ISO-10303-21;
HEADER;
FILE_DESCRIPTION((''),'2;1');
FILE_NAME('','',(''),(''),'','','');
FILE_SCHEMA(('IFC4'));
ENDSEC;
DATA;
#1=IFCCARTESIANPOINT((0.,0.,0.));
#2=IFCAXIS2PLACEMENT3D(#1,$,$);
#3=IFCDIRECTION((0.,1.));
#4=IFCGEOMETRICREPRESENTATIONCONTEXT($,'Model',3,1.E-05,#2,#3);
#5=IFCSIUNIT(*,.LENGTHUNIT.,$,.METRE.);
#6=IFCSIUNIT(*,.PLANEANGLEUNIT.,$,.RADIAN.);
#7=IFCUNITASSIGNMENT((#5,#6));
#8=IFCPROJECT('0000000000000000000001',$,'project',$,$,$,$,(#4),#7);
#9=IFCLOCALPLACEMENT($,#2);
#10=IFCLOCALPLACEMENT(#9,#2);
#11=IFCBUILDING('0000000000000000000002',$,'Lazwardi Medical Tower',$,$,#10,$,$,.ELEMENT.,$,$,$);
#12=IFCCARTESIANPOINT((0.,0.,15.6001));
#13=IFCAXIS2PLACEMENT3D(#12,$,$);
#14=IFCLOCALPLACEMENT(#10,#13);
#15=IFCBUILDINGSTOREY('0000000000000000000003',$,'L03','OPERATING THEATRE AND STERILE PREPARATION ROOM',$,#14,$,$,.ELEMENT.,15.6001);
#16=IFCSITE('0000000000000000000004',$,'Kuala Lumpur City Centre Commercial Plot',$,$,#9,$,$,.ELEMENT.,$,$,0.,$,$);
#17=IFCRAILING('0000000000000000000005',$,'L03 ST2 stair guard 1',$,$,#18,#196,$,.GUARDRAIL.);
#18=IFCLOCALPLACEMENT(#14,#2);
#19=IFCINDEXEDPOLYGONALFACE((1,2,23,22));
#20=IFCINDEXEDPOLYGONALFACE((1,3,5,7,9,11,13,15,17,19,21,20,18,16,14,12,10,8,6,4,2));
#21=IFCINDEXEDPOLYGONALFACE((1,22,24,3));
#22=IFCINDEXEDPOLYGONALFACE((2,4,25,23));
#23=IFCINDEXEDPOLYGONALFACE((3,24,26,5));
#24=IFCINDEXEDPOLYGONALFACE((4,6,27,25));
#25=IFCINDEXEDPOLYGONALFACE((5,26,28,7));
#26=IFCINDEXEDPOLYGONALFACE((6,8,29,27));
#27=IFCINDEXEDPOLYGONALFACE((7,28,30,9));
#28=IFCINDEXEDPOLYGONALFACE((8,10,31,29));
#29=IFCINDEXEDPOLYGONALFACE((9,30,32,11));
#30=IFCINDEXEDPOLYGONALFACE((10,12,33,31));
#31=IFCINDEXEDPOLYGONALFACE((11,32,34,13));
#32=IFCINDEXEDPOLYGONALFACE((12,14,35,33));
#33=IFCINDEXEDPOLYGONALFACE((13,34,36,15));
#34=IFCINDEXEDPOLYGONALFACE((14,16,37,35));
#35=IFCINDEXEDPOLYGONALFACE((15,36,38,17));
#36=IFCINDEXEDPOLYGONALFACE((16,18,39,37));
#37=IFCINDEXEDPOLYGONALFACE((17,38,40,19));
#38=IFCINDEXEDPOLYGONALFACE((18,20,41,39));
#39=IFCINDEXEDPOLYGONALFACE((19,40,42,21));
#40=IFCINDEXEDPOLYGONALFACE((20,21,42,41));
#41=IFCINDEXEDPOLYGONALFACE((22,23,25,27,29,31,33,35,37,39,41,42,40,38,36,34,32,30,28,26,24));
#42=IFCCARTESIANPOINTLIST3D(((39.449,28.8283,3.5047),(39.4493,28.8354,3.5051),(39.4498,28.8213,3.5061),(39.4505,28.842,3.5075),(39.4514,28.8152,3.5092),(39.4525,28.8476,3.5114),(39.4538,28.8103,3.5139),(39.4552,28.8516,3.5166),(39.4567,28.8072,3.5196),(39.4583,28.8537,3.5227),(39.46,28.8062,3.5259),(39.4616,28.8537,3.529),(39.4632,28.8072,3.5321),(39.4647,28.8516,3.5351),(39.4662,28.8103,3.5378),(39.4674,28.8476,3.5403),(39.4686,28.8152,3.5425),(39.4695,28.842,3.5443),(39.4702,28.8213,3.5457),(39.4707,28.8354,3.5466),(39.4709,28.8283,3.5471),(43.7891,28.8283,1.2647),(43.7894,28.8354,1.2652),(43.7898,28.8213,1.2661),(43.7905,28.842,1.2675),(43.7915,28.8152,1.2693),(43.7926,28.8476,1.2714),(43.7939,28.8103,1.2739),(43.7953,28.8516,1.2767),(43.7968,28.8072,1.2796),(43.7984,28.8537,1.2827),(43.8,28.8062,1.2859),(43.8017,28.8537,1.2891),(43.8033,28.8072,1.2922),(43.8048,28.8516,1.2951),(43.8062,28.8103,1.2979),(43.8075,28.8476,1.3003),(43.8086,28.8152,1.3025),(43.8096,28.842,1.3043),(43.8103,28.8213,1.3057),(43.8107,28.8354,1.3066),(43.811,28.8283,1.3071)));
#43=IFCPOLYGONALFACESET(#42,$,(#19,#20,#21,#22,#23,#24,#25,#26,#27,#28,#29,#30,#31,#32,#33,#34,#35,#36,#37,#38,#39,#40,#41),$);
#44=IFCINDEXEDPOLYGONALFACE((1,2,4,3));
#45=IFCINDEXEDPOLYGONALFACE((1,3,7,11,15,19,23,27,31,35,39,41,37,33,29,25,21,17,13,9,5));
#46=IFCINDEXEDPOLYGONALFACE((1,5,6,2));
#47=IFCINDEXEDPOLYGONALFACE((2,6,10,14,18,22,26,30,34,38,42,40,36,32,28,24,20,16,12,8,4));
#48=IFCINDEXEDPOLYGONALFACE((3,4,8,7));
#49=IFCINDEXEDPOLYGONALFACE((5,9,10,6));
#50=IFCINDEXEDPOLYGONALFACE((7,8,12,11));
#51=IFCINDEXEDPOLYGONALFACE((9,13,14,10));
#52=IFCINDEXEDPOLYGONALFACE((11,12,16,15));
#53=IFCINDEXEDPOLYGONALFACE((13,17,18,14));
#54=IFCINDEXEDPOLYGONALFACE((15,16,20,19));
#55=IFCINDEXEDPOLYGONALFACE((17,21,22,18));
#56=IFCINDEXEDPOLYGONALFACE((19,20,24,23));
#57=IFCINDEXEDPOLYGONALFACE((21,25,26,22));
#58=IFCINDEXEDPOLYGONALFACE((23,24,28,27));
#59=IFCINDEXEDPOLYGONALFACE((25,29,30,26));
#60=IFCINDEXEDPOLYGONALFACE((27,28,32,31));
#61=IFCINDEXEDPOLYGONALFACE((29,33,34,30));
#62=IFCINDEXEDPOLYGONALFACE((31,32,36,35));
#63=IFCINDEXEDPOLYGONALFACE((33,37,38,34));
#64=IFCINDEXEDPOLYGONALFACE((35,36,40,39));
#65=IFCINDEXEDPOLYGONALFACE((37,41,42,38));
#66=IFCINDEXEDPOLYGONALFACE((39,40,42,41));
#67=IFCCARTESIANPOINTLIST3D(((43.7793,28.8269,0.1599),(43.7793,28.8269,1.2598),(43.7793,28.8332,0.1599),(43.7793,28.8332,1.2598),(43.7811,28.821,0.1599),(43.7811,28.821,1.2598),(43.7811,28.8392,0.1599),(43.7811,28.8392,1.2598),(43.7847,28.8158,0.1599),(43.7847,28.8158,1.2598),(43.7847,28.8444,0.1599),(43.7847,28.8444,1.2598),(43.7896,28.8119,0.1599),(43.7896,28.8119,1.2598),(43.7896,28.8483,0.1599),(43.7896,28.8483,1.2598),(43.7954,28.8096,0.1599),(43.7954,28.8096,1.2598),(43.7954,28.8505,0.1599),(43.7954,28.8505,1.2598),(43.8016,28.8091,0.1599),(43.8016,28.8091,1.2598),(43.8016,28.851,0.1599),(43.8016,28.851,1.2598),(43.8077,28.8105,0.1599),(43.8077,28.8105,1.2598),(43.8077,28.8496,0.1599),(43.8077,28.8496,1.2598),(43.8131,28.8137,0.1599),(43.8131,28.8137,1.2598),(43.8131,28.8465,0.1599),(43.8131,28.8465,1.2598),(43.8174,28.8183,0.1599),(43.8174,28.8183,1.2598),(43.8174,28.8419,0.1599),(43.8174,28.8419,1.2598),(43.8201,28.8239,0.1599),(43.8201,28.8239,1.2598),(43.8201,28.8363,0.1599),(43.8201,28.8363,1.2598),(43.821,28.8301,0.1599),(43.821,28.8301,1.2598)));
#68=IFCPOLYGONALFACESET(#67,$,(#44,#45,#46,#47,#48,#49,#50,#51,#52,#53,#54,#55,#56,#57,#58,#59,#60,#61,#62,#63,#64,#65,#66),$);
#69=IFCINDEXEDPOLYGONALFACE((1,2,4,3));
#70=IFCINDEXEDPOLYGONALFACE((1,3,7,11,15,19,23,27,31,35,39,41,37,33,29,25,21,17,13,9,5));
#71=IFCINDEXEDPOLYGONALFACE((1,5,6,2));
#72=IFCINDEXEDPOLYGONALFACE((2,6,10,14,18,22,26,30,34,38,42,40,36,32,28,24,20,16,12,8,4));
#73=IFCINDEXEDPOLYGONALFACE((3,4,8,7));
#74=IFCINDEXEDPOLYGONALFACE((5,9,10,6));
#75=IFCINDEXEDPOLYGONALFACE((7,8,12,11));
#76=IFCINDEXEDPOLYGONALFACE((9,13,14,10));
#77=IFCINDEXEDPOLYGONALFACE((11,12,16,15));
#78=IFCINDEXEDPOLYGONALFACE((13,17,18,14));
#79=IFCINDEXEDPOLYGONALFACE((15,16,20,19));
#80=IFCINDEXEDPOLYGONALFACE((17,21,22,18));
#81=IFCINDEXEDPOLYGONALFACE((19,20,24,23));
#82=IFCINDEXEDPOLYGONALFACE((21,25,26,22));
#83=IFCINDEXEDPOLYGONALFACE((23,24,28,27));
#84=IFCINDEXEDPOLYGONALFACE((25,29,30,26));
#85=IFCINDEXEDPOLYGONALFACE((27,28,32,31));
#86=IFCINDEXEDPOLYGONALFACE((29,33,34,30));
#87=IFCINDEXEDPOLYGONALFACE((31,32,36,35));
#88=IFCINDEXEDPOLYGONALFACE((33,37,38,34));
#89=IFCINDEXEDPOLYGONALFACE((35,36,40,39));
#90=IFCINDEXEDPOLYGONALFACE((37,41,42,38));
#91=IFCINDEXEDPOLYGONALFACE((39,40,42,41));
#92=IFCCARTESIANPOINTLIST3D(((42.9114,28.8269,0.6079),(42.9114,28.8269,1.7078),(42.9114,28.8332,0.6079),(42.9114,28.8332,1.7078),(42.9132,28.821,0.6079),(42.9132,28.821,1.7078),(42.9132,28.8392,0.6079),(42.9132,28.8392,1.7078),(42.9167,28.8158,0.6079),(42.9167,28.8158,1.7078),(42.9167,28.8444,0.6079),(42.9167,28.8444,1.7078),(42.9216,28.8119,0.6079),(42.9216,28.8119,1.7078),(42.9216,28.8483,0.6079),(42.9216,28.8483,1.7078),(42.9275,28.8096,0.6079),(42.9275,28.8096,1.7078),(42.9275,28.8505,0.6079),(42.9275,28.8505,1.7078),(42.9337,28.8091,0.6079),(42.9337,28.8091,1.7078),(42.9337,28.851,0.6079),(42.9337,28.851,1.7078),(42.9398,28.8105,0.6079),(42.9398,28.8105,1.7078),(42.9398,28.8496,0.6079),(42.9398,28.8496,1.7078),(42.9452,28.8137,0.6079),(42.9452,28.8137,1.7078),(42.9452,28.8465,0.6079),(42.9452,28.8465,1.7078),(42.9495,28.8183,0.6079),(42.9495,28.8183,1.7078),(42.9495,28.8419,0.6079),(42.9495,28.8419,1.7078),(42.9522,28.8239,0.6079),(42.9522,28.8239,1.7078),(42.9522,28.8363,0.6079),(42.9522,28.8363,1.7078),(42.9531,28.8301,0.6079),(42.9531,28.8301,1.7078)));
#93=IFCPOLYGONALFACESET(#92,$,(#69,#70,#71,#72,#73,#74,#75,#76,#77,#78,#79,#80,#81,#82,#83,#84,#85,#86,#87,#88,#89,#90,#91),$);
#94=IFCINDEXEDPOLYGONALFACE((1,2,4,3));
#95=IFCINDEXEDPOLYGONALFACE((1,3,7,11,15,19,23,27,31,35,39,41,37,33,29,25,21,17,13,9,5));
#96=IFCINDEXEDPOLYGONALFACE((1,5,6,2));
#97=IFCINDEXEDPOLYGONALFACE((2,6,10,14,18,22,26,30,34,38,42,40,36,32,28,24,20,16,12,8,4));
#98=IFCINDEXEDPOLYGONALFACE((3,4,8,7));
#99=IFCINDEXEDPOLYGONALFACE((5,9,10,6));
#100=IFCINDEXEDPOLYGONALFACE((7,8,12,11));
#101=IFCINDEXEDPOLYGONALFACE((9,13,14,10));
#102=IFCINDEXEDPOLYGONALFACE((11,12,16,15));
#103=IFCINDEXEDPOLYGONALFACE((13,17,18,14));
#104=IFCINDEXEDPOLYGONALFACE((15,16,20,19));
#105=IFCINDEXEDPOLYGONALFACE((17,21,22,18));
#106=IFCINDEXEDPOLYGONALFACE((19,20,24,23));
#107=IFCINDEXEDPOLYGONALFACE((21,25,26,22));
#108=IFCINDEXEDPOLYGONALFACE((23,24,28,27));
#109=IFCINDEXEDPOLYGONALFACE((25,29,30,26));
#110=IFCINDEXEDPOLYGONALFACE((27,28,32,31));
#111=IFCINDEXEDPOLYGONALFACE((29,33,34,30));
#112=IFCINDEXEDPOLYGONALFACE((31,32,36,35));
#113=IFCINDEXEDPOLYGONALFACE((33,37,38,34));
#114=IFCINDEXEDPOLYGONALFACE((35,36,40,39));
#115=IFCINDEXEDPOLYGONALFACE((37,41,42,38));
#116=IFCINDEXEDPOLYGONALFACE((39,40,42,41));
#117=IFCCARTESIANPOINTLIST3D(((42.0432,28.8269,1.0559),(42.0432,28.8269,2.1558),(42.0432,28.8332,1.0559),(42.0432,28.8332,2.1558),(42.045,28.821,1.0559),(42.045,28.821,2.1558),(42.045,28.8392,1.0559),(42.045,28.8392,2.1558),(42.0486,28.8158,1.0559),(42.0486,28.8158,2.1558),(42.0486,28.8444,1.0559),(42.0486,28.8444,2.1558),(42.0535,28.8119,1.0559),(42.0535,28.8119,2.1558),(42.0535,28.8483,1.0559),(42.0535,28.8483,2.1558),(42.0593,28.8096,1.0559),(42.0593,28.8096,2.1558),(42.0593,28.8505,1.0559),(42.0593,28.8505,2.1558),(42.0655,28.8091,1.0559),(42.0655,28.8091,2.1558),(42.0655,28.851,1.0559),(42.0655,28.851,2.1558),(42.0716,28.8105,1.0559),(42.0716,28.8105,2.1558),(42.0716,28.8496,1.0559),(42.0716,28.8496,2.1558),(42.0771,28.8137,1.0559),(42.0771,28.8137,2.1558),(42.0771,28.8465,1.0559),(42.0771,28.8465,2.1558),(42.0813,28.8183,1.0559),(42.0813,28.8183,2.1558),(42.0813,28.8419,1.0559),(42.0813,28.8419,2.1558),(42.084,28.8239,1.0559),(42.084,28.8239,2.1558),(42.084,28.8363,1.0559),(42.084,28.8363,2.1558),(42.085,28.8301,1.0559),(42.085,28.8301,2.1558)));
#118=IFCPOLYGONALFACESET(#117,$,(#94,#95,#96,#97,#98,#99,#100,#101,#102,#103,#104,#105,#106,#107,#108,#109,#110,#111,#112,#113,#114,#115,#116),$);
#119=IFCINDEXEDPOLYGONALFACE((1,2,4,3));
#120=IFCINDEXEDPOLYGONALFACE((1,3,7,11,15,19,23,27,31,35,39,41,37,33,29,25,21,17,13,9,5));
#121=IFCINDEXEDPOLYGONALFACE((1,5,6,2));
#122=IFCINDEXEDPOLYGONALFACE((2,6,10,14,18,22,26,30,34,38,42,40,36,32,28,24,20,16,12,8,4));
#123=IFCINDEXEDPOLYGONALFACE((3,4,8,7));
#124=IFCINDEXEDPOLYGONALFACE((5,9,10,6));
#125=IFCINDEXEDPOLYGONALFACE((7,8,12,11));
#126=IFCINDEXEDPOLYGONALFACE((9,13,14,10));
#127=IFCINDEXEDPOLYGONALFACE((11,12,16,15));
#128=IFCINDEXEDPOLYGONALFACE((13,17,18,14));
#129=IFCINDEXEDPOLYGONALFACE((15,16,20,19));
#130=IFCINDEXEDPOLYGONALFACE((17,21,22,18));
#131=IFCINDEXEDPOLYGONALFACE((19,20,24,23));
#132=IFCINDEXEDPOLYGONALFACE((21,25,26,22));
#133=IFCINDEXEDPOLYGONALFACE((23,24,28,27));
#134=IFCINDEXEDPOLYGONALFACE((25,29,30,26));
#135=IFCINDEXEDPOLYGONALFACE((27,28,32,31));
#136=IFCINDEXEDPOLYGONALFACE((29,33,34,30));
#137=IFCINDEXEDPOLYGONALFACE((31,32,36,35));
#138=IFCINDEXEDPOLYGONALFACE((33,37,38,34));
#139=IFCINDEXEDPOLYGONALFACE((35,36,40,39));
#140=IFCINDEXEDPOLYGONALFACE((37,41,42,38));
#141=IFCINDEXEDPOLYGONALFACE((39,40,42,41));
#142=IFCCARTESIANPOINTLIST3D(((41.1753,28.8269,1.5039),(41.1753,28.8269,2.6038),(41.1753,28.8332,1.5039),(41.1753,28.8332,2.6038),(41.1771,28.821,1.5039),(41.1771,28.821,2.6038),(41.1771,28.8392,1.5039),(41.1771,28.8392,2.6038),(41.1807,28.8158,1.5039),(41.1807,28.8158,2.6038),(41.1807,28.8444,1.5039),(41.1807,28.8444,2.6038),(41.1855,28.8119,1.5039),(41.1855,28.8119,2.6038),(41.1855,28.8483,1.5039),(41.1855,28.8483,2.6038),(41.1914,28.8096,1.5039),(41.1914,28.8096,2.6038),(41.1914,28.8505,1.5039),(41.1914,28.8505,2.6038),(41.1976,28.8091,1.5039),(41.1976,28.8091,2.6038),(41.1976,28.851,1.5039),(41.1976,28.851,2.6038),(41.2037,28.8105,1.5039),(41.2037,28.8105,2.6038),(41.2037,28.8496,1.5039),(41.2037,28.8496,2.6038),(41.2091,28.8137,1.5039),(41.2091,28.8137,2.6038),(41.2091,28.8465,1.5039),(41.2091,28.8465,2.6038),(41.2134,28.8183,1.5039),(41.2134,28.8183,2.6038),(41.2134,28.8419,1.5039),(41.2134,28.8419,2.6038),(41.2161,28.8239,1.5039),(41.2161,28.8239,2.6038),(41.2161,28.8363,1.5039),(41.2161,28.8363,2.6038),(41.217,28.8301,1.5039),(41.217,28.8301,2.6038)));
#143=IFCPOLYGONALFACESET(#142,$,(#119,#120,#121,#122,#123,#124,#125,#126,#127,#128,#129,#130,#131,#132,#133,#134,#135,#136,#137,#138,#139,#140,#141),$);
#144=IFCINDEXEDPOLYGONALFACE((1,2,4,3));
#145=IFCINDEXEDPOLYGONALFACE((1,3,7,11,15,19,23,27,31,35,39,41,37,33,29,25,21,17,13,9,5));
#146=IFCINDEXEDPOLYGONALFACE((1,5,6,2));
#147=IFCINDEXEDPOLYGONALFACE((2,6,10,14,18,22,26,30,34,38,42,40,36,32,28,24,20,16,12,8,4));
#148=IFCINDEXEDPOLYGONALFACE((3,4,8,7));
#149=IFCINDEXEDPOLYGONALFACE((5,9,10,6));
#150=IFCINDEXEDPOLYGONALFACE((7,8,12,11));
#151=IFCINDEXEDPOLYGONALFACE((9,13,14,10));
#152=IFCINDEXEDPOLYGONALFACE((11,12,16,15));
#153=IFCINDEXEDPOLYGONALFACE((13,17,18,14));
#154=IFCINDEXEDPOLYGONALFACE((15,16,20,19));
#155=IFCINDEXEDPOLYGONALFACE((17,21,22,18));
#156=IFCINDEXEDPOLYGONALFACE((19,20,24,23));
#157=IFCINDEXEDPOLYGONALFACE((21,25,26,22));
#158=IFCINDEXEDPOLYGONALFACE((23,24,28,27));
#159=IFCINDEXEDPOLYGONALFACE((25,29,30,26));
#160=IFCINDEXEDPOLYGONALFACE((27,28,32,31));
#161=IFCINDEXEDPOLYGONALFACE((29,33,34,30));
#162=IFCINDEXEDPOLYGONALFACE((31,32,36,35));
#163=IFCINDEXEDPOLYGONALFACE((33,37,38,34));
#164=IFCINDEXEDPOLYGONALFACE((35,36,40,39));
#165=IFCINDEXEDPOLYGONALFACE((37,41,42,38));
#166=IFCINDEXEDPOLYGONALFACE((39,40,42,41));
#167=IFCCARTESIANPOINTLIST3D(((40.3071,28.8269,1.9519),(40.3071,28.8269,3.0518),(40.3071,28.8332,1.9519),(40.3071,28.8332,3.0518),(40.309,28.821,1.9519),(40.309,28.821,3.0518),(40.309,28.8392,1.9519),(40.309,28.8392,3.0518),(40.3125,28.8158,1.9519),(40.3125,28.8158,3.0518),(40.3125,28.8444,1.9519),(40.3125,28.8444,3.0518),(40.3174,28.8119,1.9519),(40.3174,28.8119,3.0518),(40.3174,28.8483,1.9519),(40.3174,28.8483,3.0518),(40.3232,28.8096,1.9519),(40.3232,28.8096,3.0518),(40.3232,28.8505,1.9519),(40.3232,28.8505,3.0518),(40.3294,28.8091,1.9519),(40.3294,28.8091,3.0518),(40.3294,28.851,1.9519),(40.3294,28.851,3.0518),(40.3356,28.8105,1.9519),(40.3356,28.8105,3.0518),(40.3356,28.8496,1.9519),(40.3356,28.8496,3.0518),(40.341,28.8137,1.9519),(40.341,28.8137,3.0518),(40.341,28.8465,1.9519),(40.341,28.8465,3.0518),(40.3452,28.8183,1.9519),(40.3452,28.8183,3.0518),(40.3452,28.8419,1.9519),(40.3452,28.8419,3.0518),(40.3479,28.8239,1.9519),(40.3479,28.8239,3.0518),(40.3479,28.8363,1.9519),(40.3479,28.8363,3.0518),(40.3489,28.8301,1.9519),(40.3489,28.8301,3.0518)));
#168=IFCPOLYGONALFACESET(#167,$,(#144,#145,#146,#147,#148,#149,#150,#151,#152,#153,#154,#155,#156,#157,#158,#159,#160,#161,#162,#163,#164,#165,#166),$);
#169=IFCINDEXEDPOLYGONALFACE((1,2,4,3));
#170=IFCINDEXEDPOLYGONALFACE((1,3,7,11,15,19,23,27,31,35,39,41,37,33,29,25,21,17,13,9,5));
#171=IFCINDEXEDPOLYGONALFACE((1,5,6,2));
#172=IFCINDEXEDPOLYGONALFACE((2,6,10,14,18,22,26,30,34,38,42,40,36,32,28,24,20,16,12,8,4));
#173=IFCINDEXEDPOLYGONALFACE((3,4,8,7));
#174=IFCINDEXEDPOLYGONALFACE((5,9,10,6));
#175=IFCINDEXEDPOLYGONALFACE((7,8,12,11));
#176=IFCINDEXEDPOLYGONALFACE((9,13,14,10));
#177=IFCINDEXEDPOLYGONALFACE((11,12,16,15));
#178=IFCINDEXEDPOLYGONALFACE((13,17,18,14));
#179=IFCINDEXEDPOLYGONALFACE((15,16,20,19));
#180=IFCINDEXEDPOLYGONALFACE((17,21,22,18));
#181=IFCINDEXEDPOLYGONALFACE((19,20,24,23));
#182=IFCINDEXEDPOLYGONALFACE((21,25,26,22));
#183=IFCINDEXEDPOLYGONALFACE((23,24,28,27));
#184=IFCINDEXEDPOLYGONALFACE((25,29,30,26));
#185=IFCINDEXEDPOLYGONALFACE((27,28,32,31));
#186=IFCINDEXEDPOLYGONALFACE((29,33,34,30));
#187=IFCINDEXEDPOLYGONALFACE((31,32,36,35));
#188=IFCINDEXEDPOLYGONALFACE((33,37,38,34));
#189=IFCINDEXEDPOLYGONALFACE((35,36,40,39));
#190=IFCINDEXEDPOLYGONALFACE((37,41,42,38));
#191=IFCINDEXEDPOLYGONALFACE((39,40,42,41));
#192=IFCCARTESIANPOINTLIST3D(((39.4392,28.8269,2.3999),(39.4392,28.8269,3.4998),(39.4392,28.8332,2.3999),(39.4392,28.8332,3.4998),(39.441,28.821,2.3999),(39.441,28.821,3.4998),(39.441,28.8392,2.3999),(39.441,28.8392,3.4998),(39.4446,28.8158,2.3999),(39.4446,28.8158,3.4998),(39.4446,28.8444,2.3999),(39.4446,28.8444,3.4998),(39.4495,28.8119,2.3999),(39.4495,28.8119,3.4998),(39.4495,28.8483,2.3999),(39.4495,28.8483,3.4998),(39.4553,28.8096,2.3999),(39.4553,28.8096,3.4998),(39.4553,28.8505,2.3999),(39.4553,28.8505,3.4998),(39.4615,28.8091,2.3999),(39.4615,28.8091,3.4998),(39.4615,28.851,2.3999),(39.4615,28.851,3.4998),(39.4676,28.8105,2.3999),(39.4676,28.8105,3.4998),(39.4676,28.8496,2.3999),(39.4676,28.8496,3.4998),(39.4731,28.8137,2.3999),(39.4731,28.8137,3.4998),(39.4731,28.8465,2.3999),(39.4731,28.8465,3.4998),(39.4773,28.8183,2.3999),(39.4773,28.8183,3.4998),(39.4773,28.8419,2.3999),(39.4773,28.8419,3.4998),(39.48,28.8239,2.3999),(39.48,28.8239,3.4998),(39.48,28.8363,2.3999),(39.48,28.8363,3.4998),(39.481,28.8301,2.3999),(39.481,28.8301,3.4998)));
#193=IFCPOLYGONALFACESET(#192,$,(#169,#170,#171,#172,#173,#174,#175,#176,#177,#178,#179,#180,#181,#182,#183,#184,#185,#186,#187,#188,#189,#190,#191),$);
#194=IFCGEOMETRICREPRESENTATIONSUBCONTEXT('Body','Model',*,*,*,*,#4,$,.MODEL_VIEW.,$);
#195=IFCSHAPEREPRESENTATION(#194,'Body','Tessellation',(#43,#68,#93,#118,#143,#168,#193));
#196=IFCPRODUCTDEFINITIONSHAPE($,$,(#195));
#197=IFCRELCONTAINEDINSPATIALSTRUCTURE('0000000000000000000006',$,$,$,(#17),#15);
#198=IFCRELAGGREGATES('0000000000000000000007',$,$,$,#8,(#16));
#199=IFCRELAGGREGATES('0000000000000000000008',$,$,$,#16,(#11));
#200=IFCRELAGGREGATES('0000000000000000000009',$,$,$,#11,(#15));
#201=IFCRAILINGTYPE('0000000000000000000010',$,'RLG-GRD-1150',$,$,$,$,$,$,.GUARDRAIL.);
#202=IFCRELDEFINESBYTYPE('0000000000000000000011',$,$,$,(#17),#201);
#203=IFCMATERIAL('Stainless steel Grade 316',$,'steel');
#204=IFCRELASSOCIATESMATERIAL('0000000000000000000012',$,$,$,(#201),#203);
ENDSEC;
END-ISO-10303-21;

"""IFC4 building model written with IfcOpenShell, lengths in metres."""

from ifc_helpers import new_model, si_unit, direction, frame, origin, origin_2d, place, context, subcontext, project, spatial, circle, extrude, material, type_object, element, save


model = new_model("IFC4")

# Units and contexts
model_context = context("Model", 3, precision=1e-05, world=origin(), true_north=direction((0.0, 1.0)))
body_context = subcontext(model_context, "Body", "Model", "MODEL_VIEW")
ifc_project = project(units=[si_unit("LENGTHUNIT", "METRE"), si_unit("PLANEANGLEUNIT", "RADIAN")], contexts=[model_context])

# Site, building, storey
site_placement = place(None, origin())
site = spatial("IfcSite", under=ifc_project, at=site_placement, Name="Kuala Lumpur City Centre Commercial Plot", CompositionType="ELEMENT", RefElevation=0.0)
building_placement = place(site_placement, origin())
building = spatial("IfcBuilding", under=site, at=building_placement, Name="Lazwardi Medical Tower", CompositionType="ELEMENT")
storey_placement = place(building_placement, frame((0.0, 0.0, 15.6001)))
storey = spatial("IfcBuildingStorey", under=building, at=storey_placement, Name="L03", Description="OPERATING THEATRE AND STERILE PREPARATION ROOM", CompositionType="ELEMENT", Elevation=15.6001)

# Railing
ifc_material_1 = material(Name="Stainless steel Grade 316", Category="steel")
railing_type_1 = type_object("IfcRailingType", Name="RLG-GRD-1150", PredefinedType="GUARDRAIL", material=ifc_material_1)
railing_1_placement = place(storey_placement, frame((43.8, 28.8301, 0.1599)))
element("IfcRailing", 1, at=railing_1_placement, inside=storey, type_object=railing_type_1, Name="L03 ST2 stair guard 1", PredefinedType="GUARDRAIL", context=body_context, shape_type="SweptSolid", body=[
    extrude(circle(Radius=0.0239, at=origin_2d()), frame((0.0, 0.0, 1.126), z_axis=(-0.888625, 0.0, 0.458634), x_axis=(0.0, -1.0, 0.0)), (0.0, 0.0, 1.0), 4.884),
    extrude(circle(Radius=0.021, at=origin_2d()), origin(), (0.0, 0.0, 1.0), 1.0999),
    extrude(circle(Radius=0.021, at=origin_2d()), frame((-0.8679, 0.0, 0.448)), (0.0, 0.0, 1.0), 1.0999),
    extrude(circle(Radius=0.021, at=origin_2d()), frame((-1.7361, 0.0, 0.896)), (0.0, 0.0, 1.0), 1.0999),
    extrude(circle(Radius=0.021, at=origin_2d()), frame((-2.604, 0.0, 1.344)), (0.0, 0.0, 1.0), 1.0999),
    extrude(circle(Radius=0.021, at=origin_2d()), frame((-3.4722, 0.0, 1.792)), (0.0, 0.0, 1.0), 1.0999),
    extrude(circle(Radius=0.021, at=origin_2d()), frame((-4.3401, 0.0, 2.24)), (0.0, 0.0, 1.0), 1.0999),
])

save(model, "model.ifc")
